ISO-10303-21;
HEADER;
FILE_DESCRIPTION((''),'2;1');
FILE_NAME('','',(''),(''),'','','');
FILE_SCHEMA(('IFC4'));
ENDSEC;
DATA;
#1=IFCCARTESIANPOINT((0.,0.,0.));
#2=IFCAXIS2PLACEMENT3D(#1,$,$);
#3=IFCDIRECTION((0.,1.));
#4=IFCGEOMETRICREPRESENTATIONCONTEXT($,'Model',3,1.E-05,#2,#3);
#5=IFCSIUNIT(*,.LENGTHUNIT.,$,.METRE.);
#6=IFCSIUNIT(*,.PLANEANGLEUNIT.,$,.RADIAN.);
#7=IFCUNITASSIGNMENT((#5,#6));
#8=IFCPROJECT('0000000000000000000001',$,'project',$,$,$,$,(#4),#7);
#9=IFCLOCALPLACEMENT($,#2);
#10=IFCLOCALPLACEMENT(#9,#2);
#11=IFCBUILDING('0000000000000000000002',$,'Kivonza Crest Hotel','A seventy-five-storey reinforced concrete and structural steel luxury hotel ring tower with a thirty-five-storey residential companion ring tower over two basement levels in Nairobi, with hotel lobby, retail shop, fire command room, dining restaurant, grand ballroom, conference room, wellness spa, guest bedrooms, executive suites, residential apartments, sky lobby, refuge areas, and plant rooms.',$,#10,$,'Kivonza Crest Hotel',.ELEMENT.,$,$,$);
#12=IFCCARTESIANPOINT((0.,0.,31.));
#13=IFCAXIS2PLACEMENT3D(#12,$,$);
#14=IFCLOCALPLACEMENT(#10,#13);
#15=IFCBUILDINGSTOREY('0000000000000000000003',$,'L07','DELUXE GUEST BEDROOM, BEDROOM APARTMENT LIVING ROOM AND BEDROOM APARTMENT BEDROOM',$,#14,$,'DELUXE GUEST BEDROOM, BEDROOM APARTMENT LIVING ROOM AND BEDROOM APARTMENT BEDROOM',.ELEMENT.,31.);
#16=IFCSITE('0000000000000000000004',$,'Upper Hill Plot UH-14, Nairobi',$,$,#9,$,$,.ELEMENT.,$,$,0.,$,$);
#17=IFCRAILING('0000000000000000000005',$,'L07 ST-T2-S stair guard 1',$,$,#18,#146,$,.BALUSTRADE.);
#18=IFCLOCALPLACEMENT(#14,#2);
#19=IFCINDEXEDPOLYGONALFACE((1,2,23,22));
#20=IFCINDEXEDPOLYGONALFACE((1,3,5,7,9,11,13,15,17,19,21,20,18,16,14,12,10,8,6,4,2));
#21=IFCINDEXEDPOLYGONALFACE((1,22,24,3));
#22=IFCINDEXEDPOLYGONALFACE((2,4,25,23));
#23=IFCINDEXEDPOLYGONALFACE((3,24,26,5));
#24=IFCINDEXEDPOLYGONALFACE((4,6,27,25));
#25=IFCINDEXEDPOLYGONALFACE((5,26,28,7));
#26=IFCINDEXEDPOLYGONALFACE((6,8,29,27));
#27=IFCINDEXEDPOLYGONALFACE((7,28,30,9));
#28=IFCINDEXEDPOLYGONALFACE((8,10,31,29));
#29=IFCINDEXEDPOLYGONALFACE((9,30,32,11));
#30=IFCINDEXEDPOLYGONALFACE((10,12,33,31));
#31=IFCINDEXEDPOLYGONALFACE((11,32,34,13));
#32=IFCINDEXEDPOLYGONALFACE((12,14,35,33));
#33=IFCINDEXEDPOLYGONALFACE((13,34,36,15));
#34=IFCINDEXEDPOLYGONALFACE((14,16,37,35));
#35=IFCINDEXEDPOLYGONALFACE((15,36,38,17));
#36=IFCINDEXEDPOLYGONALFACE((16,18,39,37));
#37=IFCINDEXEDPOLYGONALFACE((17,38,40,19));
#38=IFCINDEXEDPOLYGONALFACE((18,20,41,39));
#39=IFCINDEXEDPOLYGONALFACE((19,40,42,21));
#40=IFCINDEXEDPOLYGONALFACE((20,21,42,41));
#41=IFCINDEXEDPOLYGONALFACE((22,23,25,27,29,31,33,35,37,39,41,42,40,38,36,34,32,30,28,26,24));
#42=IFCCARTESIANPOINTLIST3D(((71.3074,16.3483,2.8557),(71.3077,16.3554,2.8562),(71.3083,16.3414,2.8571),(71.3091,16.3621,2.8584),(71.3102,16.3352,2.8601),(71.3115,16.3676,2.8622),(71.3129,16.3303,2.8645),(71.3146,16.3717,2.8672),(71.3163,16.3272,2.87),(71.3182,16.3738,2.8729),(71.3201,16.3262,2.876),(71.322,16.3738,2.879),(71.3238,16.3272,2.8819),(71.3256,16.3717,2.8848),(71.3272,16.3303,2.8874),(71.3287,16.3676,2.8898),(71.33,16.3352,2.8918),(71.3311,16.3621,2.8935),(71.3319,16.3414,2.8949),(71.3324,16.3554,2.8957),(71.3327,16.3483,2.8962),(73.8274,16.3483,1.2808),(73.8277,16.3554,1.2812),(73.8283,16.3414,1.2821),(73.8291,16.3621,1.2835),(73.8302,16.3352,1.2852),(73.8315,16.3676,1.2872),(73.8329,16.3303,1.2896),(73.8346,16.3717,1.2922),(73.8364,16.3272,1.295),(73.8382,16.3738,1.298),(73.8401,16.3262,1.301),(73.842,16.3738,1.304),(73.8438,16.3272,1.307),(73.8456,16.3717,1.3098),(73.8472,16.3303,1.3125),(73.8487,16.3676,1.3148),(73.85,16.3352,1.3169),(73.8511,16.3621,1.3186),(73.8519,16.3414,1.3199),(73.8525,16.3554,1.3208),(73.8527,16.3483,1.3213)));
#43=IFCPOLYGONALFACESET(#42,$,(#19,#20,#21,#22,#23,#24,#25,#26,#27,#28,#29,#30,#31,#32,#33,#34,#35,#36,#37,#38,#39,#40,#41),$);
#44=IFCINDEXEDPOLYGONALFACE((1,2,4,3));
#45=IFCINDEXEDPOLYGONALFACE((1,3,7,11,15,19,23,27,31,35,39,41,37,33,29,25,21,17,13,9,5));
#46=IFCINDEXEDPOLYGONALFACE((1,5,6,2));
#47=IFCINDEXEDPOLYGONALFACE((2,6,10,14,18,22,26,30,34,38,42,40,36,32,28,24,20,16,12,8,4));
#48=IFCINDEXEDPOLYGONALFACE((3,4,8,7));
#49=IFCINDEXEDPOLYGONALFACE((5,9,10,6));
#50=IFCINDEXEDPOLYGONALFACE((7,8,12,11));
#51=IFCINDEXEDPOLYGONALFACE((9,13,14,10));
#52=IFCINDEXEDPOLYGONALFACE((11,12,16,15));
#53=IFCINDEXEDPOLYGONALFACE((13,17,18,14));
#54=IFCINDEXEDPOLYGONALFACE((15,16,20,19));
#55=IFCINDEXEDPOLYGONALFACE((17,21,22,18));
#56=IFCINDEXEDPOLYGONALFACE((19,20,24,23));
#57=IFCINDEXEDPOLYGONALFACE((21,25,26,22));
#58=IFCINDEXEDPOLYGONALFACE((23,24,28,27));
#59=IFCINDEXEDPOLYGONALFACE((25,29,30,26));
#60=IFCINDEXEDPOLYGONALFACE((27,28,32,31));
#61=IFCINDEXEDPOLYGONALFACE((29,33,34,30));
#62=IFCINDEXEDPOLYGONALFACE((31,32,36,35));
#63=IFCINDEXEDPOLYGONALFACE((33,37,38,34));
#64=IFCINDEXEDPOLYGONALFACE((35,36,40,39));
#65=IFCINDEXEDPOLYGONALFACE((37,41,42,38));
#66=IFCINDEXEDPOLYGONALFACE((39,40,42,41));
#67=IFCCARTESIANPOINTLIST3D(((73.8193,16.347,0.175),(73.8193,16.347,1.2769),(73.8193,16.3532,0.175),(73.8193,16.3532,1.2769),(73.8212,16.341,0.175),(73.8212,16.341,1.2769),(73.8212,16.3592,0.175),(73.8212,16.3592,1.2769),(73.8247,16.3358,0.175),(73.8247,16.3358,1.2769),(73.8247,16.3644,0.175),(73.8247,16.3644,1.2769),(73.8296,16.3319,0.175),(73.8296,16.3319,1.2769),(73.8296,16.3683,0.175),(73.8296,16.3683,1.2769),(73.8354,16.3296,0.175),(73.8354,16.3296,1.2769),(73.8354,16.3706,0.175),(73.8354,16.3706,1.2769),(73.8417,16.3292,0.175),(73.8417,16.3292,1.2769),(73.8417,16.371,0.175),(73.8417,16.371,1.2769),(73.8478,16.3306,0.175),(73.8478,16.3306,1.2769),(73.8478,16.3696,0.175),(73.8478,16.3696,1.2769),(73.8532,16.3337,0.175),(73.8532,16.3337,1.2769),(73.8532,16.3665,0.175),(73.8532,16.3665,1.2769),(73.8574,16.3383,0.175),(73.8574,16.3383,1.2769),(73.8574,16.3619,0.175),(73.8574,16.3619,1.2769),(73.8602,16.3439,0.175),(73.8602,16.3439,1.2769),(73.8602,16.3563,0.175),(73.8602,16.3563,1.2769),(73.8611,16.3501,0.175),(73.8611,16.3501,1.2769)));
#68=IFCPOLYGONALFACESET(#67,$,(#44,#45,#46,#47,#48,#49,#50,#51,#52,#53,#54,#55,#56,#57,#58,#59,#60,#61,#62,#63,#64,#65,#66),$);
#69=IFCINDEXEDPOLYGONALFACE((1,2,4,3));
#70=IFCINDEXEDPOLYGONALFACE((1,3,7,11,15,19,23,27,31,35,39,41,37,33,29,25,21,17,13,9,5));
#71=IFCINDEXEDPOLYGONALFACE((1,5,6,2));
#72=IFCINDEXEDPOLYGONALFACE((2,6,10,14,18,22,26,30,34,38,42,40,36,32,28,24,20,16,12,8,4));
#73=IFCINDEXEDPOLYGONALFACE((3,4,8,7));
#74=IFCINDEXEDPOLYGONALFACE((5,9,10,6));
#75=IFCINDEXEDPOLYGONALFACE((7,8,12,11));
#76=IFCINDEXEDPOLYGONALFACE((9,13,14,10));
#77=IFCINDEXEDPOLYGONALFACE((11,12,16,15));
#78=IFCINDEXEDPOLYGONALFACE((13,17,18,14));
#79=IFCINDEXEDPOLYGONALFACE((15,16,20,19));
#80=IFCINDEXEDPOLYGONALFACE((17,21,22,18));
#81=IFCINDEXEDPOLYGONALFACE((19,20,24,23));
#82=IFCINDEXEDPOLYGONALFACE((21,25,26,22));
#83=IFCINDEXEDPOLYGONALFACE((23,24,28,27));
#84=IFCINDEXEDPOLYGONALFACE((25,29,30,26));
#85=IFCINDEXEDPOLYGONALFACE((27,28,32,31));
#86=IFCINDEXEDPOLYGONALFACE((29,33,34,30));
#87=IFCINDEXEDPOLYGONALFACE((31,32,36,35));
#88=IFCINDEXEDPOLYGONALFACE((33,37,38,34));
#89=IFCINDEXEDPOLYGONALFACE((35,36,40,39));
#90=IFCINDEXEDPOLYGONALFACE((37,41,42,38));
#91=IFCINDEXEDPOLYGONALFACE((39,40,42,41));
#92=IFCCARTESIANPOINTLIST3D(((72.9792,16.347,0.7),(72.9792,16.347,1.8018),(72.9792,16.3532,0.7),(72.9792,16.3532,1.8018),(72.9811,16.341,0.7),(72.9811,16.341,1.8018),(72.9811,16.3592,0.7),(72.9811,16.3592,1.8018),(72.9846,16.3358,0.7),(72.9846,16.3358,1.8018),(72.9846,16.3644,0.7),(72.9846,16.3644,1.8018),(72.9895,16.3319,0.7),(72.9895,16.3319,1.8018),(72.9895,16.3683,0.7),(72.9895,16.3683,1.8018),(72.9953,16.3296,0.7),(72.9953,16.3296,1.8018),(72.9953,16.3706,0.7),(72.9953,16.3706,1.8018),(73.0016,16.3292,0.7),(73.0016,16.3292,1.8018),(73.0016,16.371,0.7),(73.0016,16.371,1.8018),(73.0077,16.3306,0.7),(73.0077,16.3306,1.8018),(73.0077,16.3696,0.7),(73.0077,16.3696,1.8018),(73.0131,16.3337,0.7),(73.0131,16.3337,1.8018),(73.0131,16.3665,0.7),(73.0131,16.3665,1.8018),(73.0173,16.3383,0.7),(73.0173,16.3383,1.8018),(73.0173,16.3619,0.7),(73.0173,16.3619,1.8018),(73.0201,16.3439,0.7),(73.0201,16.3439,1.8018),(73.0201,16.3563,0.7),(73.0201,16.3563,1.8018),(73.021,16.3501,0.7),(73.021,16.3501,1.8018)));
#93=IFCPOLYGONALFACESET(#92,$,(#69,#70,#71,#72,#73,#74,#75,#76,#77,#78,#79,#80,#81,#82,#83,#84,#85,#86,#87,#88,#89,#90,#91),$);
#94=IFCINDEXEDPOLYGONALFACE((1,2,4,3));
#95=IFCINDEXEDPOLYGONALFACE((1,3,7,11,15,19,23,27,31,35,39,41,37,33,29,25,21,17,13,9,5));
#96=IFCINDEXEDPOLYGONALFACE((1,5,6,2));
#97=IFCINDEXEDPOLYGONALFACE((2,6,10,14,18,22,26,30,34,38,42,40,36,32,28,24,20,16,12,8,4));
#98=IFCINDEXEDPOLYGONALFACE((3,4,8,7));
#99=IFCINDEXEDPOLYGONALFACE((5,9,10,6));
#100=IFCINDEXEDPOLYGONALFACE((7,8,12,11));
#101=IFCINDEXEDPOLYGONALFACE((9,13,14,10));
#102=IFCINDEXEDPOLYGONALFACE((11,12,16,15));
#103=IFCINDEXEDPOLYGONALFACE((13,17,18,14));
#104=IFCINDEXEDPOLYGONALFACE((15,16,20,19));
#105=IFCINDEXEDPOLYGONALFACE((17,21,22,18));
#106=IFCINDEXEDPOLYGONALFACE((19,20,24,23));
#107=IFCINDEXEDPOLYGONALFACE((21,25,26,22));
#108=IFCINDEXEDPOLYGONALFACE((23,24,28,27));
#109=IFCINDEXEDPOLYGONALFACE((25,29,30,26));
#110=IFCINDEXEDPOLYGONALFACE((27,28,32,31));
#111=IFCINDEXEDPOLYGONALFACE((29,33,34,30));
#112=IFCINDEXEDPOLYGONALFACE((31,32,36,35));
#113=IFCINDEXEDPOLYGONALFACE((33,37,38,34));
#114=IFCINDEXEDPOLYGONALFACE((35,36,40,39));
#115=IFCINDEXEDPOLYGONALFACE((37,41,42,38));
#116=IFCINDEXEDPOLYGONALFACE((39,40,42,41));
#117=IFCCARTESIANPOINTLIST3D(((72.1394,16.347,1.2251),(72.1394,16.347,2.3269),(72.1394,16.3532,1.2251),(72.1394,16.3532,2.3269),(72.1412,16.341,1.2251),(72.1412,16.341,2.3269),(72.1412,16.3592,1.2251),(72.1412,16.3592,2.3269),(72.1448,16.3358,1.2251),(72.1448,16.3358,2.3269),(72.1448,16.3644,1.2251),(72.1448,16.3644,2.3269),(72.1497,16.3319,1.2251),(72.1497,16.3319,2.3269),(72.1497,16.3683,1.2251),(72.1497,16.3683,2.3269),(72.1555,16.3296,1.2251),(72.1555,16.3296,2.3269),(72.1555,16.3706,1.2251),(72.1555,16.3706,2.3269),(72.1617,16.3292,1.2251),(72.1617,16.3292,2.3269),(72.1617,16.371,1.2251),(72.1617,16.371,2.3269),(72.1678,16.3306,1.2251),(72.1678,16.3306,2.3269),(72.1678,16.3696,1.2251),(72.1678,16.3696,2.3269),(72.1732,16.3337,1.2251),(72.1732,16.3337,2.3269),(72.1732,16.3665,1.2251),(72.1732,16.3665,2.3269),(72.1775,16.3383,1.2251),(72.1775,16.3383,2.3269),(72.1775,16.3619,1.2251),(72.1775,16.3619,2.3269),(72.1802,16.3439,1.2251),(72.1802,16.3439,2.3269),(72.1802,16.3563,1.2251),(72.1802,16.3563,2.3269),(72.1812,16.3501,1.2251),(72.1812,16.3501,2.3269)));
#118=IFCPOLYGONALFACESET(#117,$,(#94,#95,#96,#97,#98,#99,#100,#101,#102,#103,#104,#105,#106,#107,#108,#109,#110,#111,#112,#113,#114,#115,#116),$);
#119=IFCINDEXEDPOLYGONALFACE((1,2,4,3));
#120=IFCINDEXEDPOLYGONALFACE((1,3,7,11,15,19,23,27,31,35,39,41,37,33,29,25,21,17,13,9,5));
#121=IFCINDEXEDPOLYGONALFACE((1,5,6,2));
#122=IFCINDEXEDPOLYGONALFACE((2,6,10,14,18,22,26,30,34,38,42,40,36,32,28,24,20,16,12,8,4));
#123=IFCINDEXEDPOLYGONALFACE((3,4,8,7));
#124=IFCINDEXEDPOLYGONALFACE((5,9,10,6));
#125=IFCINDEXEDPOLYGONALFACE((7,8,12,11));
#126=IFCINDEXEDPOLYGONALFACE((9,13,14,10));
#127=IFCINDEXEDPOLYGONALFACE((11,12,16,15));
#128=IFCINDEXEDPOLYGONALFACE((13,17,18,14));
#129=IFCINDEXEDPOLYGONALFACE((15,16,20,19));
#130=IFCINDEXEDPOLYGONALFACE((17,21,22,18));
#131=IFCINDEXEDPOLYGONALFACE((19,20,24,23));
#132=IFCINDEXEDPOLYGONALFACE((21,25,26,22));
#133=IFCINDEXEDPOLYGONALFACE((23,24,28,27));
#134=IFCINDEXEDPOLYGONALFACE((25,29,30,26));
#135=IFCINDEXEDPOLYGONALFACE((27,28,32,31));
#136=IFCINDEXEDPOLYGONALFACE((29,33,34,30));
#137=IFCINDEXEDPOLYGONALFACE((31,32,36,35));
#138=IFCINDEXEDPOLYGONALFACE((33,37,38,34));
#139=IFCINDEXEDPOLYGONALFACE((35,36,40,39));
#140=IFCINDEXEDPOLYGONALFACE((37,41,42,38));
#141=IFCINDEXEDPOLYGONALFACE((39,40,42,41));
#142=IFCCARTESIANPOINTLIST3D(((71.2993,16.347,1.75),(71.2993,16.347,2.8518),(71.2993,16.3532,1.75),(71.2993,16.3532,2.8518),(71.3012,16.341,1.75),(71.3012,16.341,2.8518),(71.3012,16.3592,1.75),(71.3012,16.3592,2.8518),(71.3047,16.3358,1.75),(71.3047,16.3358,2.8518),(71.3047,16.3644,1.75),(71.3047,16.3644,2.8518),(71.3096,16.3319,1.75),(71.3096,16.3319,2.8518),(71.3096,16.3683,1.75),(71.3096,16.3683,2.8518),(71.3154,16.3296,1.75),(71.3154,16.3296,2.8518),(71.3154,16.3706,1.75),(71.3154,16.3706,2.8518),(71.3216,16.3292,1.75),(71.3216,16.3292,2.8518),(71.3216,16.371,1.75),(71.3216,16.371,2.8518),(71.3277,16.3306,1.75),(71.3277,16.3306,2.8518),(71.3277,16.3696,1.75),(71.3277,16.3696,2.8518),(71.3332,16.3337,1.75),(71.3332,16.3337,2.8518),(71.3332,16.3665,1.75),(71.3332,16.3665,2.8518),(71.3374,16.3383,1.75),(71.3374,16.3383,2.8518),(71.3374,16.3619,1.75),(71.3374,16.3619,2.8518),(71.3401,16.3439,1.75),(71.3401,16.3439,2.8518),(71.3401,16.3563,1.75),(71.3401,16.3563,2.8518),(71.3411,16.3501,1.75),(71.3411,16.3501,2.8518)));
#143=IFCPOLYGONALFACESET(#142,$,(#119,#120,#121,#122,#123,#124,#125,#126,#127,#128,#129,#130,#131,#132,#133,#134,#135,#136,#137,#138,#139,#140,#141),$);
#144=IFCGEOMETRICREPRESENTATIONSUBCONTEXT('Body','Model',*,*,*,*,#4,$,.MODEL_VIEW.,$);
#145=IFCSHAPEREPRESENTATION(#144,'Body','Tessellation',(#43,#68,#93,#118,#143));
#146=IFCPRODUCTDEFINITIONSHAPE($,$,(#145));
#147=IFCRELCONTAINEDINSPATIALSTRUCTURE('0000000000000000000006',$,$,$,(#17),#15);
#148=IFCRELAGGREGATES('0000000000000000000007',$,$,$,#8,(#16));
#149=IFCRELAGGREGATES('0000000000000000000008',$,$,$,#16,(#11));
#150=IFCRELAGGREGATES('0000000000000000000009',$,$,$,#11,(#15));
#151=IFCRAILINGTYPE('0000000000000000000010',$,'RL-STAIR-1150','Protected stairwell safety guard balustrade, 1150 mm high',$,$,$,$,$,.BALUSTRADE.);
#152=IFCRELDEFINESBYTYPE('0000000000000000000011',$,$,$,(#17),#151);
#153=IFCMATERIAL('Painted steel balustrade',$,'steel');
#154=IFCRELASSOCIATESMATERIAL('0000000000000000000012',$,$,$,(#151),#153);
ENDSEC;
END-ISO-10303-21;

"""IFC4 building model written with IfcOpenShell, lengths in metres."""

from ifc_helpers import new_model, si_unit, direction, frame, origin, origin_2d, place, context, subcontext, project, spatial, circle, extrude, material, type_object, element, save


model = new_model("IFC4")

# Units and contexts
model_context = context("Model", 3, precision=1e-05, world=origin(), true_north=direction((0.0, 1.0)))
body_context = subcontext(model_context, "Body", "Model", "MODEL_VIEW")
ifc_project = project(units=[si_unit("LENGTHUNIT", "METRE"), si_unit("PLANEANGLEUNIT", "RADIAN")], contexts=[model_context])

# Site, building, storey
site_placement = place(None, origin())
site = spatial("IfcSite", under=ifc_project, at=site_placement, Name="Upper Hill Plot UH-14, Nairobi", CompositionType="ELEMENT", RefElevation=0.0)
building_placement = place(site_placement, origin())
building = spatial("IfcBuilding", under=site, at=building_placement, Name="Kivonza Crest Hotel", Description="A seventy-five-storey reinforced concrete and structural steel luxury hotel ring tower with a thirty-five-storey residential companion ring tower over two basement levels in Nairobi, with hotel lobby, retail shop, fire command room, dining restaurant, grand ballroom, conference room, wellness spa, guest bedrooms, executive suites, residential apartments, sky lobby, refuge areas, and plant rooms.", LongName="Kivonza Crest Hotel", CompositionType="ELEMENT")
storey_placement = place(building_placement, frame((0.0, 0.0, 31.0)))
storey = spatial("IfcBuildingStorey", under=building, at=storey_placement, Name="L07", Description="DELUXE GUEST BEDROOM, BEDROOM APARTMENT LIVING ROOM AND BEDROOM APARTMENT BEDROOM", LongName="DELUXE GUEST BEDROOM, BEDROOM APARTMENT LIVING ROOM AND BEDROOM APARTMENT BEDROOM", CompositionType="ELEMENT", Elevation=31.0)

# Railing
ifc_material_1 = material(Name="Painted steel balustrade", Category="steel")
railing_type_1 = type_object("IfcRailingType", Name="RL-STAIR-1150", Description="Protected stairwell safety guard balustrade, 1150 mm high", PredefinedType="BALUSTRADE", material=ifc_material_1)
railing_1_placement = place(storey_placement, frame((73.8401, 16.3501, 0.175)))
element("IfcRailing", 1, at=railing_1_placement, inside=storey, type_object=railing_type_1, Name="L07 ST-T2-S stair guard 1", PredefinedType="BALUSTRADE", context=body_context, shape_type="SweptSolid", body=[
    extrude(circle(Radius=0.0239, at=origin_2d()), frame((0.0, 0.0, 1.126), z_axis=(-0.848008, 0.0, 0.529984), x_axis=(0.0, -1.0, 0.0)), (0.0, 0.0, 1.0), 2.9717),
    extrude(circle(Radius=0.021, at=origin_2d()), origin(), (0.0, 0.0, 1.0), 1.1018),
    extrude(circle(Radius=0.021, at=origin_2d()), frame((-0.8401, 0.0, 0.5249)), (0.0, 0.0, 1.0), 1.1018),
    extrude(circle(Radius=0.021, at=origin_2d()), frame((-1.6799, 0.0, 1.05)), (0.0, 0.0, 1.0), 1.1018),
    extrude(circle(Radius=0.021, at=origin_2d()), frame((-2.52, 0.0, 1.575)), (0.0, 0.0, 1.0), 1.1018),
])

save(model, "model.ifc")
